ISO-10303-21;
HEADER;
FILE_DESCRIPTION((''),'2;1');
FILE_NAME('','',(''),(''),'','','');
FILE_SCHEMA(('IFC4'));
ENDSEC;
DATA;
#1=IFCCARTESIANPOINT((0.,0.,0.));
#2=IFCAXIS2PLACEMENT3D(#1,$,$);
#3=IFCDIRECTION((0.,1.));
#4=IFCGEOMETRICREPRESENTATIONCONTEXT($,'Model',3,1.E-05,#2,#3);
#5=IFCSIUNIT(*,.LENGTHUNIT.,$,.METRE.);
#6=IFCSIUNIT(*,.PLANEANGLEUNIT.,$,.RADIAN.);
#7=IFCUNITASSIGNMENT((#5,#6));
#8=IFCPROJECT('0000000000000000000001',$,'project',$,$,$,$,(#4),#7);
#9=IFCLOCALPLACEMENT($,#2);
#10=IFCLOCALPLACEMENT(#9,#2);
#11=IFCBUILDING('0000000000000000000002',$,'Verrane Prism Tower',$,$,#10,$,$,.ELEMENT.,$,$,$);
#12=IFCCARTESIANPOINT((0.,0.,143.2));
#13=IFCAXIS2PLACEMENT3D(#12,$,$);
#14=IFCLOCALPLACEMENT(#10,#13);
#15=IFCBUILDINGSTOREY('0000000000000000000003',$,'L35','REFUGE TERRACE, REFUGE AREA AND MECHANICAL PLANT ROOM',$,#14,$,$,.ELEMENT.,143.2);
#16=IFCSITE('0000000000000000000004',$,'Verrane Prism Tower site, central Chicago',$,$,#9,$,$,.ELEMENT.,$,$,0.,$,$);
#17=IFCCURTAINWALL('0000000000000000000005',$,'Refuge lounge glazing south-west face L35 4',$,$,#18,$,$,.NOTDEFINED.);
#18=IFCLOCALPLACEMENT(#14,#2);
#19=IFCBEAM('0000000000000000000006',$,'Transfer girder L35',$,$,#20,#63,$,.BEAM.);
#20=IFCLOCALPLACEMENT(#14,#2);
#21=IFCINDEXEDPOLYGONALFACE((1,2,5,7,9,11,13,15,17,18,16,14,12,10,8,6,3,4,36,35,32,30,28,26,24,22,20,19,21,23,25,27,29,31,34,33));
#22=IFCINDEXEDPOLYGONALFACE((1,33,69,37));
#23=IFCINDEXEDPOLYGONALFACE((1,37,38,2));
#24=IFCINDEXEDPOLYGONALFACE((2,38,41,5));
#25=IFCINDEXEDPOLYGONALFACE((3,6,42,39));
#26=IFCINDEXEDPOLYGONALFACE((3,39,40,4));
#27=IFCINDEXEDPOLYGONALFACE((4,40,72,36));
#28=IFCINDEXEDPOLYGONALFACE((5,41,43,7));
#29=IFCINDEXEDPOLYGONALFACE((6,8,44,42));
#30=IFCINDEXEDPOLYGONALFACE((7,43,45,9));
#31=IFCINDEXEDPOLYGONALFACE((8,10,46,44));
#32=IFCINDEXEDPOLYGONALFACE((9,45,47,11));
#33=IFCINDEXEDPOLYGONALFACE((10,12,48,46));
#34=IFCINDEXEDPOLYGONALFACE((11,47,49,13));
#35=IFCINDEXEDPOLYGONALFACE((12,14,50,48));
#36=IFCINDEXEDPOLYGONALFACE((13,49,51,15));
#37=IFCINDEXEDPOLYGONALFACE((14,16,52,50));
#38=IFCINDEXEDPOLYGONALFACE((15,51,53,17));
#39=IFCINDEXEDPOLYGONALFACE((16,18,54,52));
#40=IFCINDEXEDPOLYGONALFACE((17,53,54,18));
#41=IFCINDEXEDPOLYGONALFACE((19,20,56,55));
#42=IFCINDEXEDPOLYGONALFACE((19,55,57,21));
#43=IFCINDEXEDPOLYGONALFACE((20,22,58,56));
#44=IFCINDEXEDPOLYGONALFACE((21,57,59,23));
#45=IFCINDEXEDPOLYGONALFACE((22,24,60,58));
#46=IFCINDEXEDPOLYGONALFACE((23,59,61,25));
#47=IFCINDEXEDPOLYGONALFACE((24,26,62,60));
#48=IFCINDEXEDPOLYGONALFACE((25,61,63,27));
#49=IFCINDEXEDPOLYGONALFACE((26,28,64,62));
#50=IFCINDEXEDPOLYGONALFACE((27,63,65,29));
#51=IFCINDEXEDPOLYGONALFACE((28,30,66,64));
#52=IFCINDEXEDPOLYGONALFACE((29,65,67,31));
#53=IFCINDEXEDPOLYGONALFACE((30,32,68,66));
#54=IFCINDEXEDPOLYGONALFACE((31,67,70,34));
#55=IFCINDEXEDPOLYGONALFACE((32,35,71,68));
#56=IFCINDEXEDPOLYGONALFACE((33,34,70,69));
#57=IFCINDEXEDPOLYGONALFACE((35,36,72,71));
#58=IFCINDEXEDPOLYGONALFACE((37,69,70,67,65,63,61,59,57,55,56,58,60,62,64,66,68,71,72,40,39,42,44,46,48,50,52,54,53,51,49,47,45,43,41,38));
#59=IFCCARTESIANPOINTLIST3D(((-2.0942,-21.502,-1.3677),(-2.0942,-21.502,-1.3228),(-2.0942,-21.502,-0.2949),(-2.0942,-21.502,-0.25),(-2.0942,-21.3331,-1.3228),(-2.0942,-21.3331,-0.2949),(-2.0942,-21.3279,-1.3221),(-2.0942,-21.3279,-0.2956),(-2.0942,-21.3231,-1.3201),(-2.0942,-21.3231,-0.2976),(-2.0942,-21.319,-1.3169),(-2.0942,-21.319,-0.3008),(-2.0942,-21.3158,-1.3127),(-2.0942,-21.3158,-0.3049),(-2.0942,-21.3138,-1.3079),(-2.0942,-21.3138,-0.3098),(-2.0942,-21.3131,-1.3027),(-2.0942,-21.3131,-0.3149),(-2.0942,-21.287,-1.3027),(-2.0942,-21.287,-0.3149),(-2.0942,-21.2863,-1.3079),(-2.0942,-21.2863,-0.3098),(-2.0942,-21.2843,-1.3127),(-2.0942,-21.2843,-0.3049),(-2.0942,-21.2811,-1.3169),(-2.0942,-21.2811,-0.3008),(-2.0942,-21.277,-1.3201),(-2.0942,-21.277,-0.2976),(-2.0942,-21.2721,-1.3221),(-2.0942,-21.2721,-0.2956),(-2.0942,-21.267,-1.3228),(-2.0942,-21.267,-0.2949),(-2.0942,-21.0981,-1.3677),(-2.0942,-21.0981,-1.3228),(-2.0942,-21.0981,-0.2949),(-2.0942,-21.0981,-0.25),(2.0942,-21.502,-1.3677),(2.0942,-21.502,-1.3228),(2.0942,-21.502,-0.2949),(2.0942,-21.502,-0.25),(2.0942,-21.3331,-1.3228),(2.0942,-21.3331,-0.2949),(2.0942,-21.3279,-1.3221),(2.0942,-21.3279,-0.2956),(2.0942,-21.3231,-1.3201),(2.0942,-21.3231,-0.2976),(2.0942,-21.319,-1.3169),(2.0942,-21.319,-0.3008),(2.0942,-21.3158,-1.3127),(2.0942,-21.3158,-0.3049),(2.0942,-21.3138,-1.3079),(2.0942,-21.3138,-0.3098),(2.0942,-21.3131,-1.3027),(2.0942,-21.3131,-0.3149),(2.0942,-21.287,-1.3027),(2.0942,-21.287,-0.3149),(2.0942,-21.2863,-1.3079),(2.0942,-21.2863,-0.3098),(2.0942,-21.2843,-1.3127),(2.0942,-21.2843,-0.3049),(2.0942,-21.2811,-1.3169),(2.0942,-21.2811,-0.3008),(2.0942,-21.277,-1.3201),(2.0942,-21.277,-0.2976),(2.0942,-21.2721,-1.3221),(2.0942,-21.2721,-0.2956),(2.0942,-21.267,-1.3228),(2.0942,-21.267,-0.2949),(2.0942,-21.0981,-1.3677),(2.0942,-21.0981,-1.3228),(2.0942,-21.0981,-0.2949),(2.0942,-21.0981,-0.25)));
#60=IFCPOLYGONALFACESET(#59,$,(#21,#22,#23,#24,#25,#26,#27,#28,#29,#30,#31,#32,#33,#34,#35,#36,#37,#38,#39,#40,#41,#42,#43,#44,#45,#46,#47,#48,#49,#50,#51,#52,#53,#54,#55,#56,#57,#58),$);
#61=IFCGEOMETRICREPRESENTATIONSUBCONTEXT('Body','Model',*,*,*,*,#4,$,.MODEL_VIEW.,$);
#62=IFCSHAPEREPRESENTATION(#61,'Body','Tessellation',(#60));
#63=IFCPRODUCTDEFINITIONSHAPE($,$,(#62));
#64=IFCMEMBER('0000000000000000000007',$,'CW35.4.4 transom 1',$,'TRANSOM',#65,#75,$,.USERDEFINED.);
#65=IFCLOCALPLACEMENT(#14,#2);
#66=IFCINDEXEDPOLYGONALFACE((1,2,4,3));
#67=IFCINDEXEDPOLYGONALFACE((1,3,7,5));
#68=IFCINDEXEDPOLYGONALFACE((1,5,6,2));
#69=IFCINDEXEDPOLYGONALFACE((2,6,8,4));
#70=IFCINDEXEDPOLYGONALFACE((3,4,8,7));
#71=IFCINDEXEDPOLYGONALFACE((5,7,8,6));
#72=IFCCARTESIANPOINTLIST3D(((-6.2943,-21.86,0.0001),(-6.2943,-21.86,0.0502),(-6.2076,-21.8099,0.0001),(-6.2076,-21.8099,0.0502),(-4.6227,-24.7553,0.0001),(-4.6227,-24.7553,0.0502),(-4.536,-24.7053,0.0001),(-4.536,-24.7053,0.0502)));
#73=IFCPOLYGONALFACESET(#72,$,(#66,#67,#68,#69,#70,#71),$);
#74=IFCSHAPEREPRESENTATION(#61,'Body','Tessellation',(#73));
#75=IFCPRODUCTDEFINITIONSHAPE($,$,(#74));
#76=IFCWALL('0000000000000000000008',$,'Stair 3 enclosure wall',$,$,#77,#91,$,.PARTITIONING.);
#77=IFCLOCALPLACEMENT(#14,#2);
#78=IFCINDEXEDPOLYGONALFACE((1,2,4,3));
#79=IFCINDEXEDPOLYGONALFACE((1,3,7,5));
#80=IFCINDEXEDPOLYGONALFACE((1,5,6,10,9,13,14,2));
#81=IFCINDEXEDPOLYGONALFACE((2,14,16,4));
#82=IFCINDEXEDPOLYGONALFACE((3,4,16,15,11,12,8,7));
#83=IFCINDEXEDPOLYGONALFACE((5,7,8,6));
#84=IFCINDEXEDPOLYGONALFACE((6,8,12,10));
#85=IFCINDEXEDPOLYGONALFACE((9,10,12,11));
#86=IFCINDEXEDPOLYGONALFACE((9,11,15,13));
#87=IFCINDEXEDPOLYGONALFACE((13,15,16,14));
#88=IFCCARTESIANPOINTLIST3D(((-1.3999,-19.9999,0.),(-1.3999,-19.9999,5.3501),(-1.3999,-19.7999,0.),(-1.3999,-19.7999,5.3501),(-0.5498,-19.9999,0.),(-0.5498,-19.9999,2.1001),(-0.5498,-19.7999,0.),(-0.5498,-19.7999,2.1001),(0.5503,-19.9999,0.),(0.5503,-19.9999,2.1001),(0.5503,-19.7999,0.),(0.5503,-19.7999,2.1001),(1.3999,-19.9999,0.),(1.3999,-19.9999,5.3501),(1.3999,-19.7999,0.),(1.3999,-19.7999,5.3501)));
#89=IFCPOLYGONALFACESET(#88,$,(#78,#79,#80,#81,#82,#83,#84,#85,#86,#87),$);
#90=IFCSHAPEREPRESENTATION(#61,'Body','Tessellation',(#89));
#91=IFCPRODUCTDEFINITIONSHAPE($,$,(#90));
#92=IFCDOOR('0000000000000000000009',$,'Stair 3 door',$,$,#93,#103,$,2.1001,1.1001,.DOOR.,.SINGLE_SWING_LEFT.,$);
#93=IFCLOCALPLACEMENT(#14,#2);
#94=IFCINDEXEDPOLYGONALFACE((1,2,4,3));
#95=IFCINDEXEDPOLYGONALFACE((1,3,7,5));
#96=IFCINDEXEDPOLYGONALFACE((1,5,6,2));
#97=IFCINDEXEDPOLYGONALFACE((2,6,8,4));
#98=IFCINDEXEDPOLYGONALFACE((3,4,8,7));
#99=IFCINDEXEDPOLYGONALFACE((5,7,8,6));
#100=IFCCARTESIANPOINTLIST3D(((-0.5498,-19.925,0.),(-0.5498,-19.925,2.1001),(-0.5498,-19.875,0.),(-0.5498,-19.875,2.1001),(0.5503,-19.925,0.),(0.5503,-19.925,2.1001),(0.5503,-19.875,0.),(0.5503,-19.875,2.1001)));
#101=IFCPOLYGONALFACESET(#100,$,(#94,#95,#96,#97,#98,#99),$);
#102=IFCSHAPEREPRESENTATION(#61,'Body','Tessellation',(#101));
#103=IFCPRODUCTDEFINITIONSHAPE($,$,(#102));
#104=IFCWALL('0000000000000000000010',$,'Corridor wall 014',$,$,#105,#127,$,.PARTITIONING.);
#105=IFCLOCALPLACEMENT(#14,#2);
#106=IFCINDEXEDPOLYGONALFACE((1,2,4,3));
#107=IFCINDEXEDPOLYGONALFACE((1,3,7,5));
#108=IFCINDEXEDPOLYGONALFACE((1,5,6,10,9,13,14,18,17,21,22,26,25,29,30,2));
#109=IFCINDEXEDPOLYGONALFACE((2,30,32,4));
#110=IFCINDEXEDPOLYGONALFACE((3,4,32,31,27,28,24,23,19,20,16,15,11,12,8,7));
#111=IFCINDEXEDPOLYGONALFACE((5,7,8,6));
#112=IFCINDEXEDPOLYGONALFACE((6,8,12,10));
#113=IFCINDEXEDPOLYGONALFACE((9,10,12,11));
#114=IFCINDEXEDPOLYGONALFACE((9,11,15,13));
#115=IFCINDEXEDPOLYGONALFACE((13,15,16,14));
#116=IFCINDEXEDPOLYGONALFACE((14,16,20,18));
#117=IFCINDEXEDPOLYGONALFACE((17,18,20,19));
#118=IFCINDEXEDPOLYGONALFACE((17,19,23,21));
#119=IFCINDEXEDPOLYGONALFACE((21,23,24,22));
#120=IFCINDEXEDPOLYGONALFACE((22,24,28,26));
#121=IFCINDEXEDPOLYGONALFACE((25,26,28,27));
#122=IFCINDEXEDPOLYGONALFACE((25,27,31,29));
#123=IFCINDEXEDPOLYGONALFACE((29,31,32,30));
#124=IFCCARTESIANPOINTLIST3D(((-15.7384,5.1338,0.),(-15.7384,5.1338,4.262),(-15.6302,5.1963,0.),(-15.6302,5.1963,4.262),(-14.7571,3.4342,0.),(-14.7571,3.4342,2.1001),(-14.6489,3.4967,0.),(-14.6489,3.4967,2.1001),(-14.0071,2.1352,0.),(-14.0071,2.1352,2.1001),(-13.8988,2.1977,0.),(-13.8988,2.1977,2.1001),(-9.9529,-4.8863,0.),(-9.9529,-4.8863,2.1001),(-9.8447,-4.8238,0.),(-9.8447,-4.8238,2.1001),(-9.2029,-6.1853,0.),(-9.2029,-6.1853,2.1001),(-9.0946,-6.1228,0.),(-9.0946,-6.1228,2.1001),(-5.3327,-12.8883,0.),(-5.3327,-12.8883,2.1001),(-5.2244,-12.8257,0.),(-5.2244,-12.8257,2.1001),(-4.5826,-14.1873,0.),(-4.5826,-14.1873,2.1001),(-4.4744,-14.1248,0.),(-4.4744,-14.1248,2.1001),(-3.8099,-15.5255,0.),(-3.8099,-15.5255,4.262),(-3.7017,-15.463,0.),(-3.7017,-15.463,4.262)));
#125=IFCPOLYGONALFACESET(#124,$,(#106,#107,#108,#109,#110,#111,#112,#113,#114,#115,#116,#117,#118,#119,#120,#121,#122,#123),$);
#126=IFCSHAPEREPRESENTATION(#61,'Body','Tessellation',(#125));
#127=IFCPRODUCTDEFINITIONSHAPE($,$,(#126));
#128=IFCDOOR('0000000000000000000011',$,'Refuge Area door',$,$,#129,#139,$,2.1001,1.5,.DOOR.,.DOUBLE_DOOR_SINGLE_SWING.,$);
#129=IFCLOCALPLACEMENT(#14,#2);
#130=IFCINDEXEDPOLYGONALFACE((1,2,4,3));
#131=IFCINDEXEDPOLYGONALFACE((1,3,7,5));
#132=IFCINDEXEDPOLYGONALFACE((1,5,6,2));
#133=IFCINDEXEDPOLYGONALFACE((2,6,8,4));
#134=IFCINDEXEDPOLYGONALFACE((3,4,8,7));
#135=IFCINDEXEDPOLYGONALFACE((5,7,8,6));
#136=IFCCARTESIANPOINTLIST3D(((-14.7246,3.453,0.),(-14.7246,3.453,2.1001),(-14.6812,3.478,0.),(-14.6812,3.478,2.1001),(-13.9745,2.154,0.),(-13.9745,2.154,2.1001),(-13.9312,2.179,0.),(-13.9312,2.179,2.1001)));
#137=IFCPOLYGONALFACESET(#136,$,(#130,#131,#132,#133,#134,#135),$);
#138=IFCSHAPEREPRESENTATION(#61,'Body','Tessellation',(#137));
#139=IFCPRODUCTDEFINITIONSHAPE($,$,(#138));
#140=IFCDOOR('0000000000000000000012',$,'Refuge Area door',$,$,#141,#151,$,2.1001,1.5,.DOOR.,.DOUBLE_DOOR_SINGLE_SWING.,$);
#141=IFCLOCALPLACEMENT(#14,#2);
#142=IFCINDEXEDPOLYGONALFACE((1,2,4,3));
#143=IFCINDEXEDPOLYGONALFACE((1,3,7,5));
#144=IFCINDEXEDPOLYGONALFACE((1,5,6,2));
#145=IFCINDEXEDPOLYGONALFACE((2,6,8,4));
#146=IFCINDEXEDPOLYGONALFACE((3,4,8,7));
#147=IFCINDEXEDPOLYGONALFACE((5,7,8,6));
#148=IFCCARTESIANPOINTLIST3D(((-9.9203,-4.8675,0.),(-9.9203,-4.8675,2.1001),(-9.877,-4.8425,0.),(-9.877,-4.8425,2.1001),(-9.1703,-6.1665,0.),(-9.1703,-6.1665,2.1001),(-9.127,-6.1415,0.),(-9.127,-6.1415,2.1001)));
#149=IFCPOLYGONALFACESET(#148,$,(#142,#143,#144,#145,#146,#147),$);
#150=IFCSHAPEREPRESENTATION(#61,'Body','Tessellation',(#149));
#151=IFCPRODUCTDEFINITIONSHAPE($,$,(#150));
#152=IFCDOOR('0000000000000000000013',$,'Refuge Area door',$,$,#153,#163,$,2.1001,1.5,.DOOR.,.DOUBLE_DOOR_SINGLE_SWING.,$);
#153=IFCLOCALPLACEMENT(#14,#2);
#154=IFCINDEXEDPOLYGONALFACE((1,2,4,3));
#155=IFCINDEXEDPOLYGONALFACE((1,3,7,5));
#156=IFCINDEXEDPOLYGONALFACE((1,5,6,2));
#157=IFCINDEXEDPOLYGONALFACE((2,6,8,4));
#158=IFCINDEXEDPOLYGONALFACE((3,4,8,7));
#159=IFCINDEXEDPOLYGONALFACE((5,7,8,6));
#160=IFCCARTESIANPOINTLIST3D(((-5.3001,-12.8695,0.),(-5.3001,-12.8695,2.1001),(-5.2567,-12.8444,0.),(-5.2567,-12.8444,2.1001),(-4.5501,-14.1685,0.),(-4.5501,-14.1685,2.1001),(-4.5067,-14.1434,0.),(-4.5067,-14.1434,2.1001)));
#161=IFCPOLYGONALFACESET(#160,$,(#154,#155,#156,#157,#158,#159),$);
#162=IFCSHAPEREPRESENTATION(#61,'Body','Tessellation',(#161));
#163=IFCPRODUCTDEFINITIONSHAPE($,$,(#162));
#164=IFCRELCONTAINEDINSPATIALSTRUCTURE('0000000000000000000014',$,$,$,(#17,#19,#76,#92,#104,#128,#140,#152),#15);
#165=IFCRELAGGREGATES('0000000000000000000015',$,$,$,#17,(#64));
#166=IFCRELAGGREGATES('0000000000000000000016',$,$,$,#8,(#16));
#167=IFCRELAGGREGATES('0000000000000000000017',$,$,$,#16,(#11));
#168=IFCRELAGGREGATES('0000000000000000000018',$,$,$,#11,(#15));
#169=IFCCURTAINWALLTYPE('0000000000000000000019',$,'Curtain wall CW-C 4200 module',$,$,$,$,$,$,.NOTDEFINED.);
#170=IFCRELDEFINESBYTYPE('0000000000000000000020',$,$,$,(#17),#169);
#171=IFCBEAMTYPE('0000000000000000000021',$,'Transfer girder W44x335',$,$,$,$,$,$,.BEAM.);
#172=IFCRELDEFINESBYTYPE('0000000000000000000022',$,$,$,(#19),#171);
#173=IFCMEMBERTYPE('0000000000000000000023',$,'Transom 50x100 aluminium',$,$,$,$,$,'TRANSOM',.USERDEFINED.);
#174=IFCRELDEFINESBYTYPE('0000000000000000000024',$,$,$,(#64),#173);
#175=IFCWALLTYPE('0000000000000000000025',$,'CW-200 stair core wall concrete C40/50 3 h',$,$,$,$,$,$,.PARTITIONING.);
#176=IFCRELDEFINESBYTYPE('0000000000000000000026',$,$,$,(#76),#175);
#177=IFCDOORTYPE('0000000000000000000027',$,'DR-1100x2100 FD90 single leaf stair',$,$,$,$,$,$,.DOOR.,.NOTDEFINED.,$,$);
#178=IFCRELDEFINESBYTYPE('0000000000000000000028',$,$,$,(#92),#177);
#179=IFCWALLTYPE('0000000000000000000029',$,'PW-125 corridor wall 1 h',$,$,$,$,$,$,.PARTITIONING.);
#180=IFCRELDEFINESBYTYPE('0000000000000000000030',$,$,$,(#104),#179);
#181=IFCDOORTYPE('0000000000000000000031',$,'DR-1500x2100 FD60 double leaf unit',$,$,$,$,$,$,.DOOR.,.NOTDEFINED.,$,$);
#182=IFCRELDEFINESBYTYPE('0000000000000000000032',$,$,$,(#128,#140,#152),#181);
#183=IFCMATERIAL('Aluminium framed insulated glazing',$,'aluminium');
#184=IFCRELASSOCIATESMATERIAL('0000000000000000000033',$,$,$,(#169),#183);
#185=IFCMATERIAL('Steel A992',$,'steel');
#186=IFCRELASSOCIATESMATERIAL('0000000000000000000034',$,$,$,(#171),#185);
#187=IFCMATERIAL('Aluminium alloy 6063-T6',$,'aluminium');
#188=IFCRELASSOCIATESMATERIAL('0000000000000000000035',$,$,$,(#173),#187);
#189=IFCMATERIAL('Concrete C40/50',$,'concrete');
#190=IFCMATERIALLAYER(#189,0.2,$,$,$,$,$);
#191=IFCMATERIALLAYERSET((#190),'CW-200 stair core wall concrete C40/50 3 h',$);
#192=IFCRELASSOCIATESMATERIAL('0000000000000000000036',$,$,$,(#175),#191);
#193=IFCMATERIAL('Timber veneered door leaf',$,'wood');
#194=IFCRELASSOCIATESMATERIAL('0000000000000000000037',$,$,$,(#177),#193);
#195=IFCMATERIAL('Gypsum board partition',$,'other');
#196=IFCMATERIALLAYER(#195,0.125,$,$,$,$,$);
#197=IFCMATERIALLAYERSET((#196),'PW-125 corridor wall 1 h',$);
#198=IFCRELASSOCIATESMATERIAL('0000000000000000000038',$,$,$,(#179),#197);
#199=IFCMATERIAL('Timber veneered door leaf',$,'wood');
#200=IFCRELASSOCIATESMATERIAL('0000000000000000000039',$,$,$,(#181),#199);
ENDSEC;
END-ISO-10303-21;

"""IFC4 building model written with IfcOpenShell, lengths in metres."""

from ifc_helpers import new_model, si_unit, direction, frame, frame_2d, origin, origin_2d, place, context, subcontext, project, spatial, rectangle, i_section, extrude, material, layer, layer_set, material_profile, profile_set, type_object, element, fill, aggregate, save


model = new_model("IFC4")

# Units and contexts
model_context = context("Model", 3, precision=1e-05, world=origin(), true_north=direction((0.0, 1.0)))
body_context = subcontext(model_context, "Body", "Model", "MODEL_VIEW")
ifc_project = project(units=[si_unit("LENGTHUNIT", "METRE"), si_unit("PLANEANGLEUNIT", "RADIAN")], contexts=[model_context])

# Site, building, storey
site_placement = place(None, origin())
site = spatial("IfcSite", under=ifc_project, at=site_placement, Name="Verrane Prism Tower site, central Chicago", CompositionType="ELEMENT", RefElevation=0.0)
building_placement = place(site_placement, origin())
building = spatial("IfcBuilding", under=site, at=building_placement, Name="Verrane Prism Tower", CompositionType="ELEMENT")
storey_placement = place(building_placement, frame((0.0, 0.0, 143.2)))
storey = spatial("IfcBuildingStorey", under=building, at=storey_placement, Name="L35", Description="REFUGE TERRACE, REFUGE AREA AND MECHANICAL PLANT ROOM", CompositionType="ELEMENT", Elevation=143.2)

# Curtain wall
ifc_material_1 = material(Name="Aluminium framed insulated glazing", Category="aluminium")
curtain_wall_type = type_object("IfcCurtainWallType", Name="Curtain wall CW-C 4200 module", PredefinedType="NOTDEFINED", material=ifc_material_1)
curtain_wall_placement = place(storey_placement, origin())
curtain_wall = element("IfcCurtainWall", 1, at=curtain_wall_placement, inside=storey, type_object=curtain_wall_type, Name="Refuge lounge glazing south-west face L35 4", PredefinedType="NOTDEFINED")

# Beam
ifc_material_2 = material(Name="Steel A992", Category="steel")
ifc_material_profile_1 = material_profile(ifc_material_2, i_section(OverallWidth=0.4038, OverallDepth=1.1177, WebThickness=0.0261, FlangeThickness=0.0449, FilletRadius=0.02, at=origin_2d()), Name="W44x335")
ifc_profile_set_1 = profile_set([ifc_material_profile_1], Name="Steel A992")
beam_type_1 = type_object("IfcBeamType", Name="Transfer girder W44x335", PredefinedType="BEAM", material=ifc_profile_set_1)
beam_1_placement = place(storey_placement, frame((-2.0942, -21.3, -0.8088), z_axis=(1.0, 0.0, 0.0), x_axis=(0.0, 1.0, 0.0)))
element("IfcBeam", 2, at=beam_1_placement, inside=storey, type_object=beam_type_1, Name="Transfer girder L35", PredefinedType="BEAM", context=body_context, shape_type="SweptSolid", body=[
    extrude(i_section(OverallWidth=0.4038, OverallDepth=1.1177, WebThickness=0.0261, FlangeThickness=0.0449, FilletRadius=0.02, at=origin_2d()), origin(), (0.0, 0.0, 1.0), 4.1885),
])

# Member
ifc_material_3 = material(Name="Aluminium alloy 6063-T6", Category="aluminium")
ifc_material_profile_2 = material_profile(ifc_material_3, rectangle(XDim=0.1001, YDim=0.05, at=origin_2d()), Name="Transom 50x100 aluminium")
ifc_profile_set_2 = profile_set([ifc_material_profile_2], Name="Aluminium alloy 6063-T6")
member_type_1 = type_object("IfcMemberType", Name="Transom 50x100 aluminium", ElementType="TRANSOM", PredefinedType="USERDEFINED", material=ifc_profile_set_2)
member_1_placement = place(storey_placement, frame((-6.251, -21.835, 0.0251), z_axis=(0.500011, -0.866019, 0.0), x_axis=(0.866019, 0.500011, 0.0)))
member_1 = element("IfcMember", 3, at=member_1_placement, type_object=member_type_1, Name="CW35.4.4 transom 1", ObjectType="TRANSOM", PredefinedType="USERDEFINED", context=body_context, shape_type="SweptSolid", body=[
    extrude(rectangle(XDim=0.1001, YDim=0.05, at=origin_2d()), origin(), (0.0, 0.0, 1.0), 3.3433),
])
aggregate(curtain_wall, [member_1])

# Wall, opening, door
ifc_material_4 = material(Name="Concrete C40/50", Category="concrete")
ifc_layer_1 = layer(ifc_material_4, 0.2)
ifc_layer_set_1 = layer_set([ifc_layer_1], Name="CW-200 stair core wall concrete C40/50 3 h")
wall_type_1 = type_object("IfcWallType", Name="CW-200 stair core wall concrete C40/50 3 h", PredefinedType="PARTITIONING", material=ifc_layer_set_1)
wall_1_placement = place(storey_placement, frame((-1.3999, -19.8999, 0.0), z_axis=(0.0, 0.0, 1.0), x_axis=(1.0, 0.0, 0.0)))
wall_1 = element("IfcWall", 4, at=wall_1_placement, inside=storey, type_object=wall_type_1, Name="Stair 3 enclosure wall", PredefinedType="PARTITIONING", context=body_context, shape_type="SweptSolid", body=[
    extrude(rectangle(XDim=2.7998, YDim=0.2, at=frame_2d((1.3999, 0.0))), origin(), (0.0, 0.0, 1.0), 5.3501),
])
opening_1_placement = place(wall_1_placement, frame((0.8501, 0.0, 0.0)))
opening_1 = element("IfcOpeningElement", 5, at=opening_1_placement, cuts=wall_1, PredefinedType="OPENING", context=body_context, shape_type="SweptSolid", body=[
    extrude(rectangle(XDim=1.1001, YDim=2.1001, at=frame_2d((0.55, 1.05))), frame((0.0, 0.1099, 0.0), z_axis=(0.0, -1.0, 0.0), x_axis=(1.0, 0.0, 0.0)), (0.0, 0.0, 1.0), 0.22),
])
ifc_material_5 = material(Name="Timber veneered door leaf", Category="wood")
door_type_1 = type_object("IfcDoorType", Name="DR-1100x2100 FD90 single leaf stair", OperationType="NOTDEFINED", PredefinedType="DOOR", material=ifc_material_5)
door_1_placement = place(opening_1_placement, origin())
door_1 = element("IfcDoor", 6, at=door_1_placement, inside=storey, type_object=door_type_1, Name="Stair 3 door", OperationType="SINGLE_SWING_LEFT", OverallHeight=2.1001, OverallWidth=1.1001, PredefinedType="DOOR", context=body_context, shape_type="SweptSolid", body=[
    extrude(rectangle(XDim=1.1001, YDim=2.1001, at=frame_2d((0.55, 1.05))), frame((0.0, 0.0249, 0.0), z_axis=(0.0, -1.0, 0.0), x_axis=(1.0, 0.0, 0.0)), (0.0, 0.0, 1.0), 0.05),
])
fill(opening_1, door_1)

# Wall, openings, doors
ifc_material_6 = material(Name="Gypsum board partition", Category="other")
ifc_layer_2 = layer(ifc_material_6, 0.125)
ifc_layer_set_2 = layer_set([ifc_layer_2], Name="PW-125 corridor wall 1 h")
wall_type_2 = type_object("IfcWallType", Name="PW-125 corridor wall 1 h", PredefinedType="PARTITIONING", material=ifc_layer_set_2)
wall_2_placement = place(storey_placement, frame((-3.7559, -15.4941, 0.0), z_axis=(0.0, 0.0, 1.0), x_axis=(-0.500028, 0.866009, 0.0)))
wall_2 = element("IfcWall", 7, at=wall_2_placement, inside=storey, type_object=wall_type_2, Name="Corridor wall 014", PredefinedType="PARTITIONING", context=body_context, shape_type="SweptSolid", body=[
    extrude(rectangle(XDim=23.8557, YDim=0.125, at=frame_2d((11.9277, 0.0))), origin(), (0.0, 0.0, 1.0), 4.262),
])
opening_2_placement = place(wall_2_placement, frame((20.3931, 0.0, 0.0)))
opening_2 = element("IfcOpeningElement", 8, at=opening_2_placement, cuts=wall_2, PredefinedType="OPENING", context=body_context, shape_type="SweptSolid", body=[
    extrude(rectangle(XDim=1.5, YDim=2.1001, at=frame_2d((0.75, 1.05))), frame((0.0, 0.0725, 0.0), z_axis=(0.0, -1.0, 0.0), x_axis=(1.0, 0.0, 0.0)), (0.0, 0.0, 1.0), 0.145),
])
opening_3_placement = place(wall_2_placement, frame((10.7852, 0.0, 0.0)))
opening_3 = element("IfcOpeningElement", 9, at=opening_3_placement, cuts=wall_2, PredefinedType="OPENING", context=body_context, shape_type="SweptSolid", body=[
    extrude(rectangle(XDim=1.5, YDim=2.1001, at=frame_2d((0.75, 1.05))), frame((0.0, 0.0725, 0.0), z_axis=(0.0, -1.0, 0.0), x_axis=(1.0, 0.0, 0.0)), (0.0, 0.0, 1.0), 0.145),
])
opening_4_placement = place(wall_2_placement, frame((1.5452, 0.0, 0.0)))
opening_4 = element("IfcOpeningElement", 10, at=opening_4_placement, cuts=wall_2, PredefinedType="OPENING", context=body_context, shape_type="SweptSolid", body=[
    extrude(rectangle(XDim=1.5, YDim=2.1001, at=frame_2d((0.75, 1.05))), frame((0.0, 0.0725, 0.0), z_axis=(0.0, -1.0, 0.0), x_axis=(1.0, 0.0, 0.0)), (0.0, 0.0, 1.0), 0.145),
])
ifc_material_7 = material(Name="Timber veneered door leaf", Category="wood")
door_type_2 = type_object("IfcDoorType", Name="DR-1500x2100 FD60 double leaf unit", OperationType="NOTDEFINED", PredefinedType="DOOR", material=ifc_material_7)
door_2_placement = place(opening_2_placement, origin())
door_2 = element("IfcDoor", 11, at=door_2_placement, inside=storey, type_object=door_type_2, Name="Refuge Area door", OperationType="DOUBLE_DOOR_SINGLE_SWING", OverallHeight=2.1001, OverallWidth=1.5, PredefinedType="DOOR", context=body_context, shape_type="SweptSolid", body=[
    extrude(rectangle(XDim=1.5, YDim=2.1001, at=frame_2d((0.75, 1.05))), frame((0.0, 0.0249, 0.0), z_axis=(0.0, -1.0, 0.0), x_axis=(1.0, 0.0, 0.0)), (0.0, 0.0, 1.0), 0.05),
])
fill(opening_2, door_2)
door_3_placement = place(opening_3_placement, origin())
door_3 = element("IfcDoor", 12, at=door_3_placement, inside=storey, type_object=door_type_2, Name="Refuge Area door", OperationType="DOUBLE_DOOR_SINGLE_SWING", OverallHeight=2.1001, OverallWidth=1.5, PredefinedType="DOOR", context=body_context, shape_type="SweptSolid", body=[
    extrude(rectangle(XDim=1.5, YDim=2.1001, at=frame_2d((0.75, 1.05))), frame((0.0, 0.0249, 0.0), z_axis=(0.0, -1.0, 0.0), x_axis=(1.0, 0.0, 0.0)), (0.0, 0.0, 1.0), 0.05),
])
fill(opening_3, door_3)
door_4_placement = place(opening_4_placement, origin())
door_4 = element("IfcDoor", 13, at=door_4_placement, inside=storey, type_object=door_type_2, Name="Refuge Area door", OperationType="DOUBLE_DOOR_SINGLE_SWING", OverallHeight=2.1001, OverallWidth=1.5, PredefinedType="DOOR", context=body_context, shape_type="SweptSolid", body=[
    extrude(rectangle(XDim=1.5, YDim=2.1001, at=frame_2d((0.75, 1.05))), frame((0.0, 0.0249, 0.0), z_axis=(0.0, -1.0, 0.0), x_axis=(1.0, 0.0, 0.0)), (0.0, 0.0, 1.0), 0.05),
])
fill(opening_4, door_4)

save(model, "model.ifc")
